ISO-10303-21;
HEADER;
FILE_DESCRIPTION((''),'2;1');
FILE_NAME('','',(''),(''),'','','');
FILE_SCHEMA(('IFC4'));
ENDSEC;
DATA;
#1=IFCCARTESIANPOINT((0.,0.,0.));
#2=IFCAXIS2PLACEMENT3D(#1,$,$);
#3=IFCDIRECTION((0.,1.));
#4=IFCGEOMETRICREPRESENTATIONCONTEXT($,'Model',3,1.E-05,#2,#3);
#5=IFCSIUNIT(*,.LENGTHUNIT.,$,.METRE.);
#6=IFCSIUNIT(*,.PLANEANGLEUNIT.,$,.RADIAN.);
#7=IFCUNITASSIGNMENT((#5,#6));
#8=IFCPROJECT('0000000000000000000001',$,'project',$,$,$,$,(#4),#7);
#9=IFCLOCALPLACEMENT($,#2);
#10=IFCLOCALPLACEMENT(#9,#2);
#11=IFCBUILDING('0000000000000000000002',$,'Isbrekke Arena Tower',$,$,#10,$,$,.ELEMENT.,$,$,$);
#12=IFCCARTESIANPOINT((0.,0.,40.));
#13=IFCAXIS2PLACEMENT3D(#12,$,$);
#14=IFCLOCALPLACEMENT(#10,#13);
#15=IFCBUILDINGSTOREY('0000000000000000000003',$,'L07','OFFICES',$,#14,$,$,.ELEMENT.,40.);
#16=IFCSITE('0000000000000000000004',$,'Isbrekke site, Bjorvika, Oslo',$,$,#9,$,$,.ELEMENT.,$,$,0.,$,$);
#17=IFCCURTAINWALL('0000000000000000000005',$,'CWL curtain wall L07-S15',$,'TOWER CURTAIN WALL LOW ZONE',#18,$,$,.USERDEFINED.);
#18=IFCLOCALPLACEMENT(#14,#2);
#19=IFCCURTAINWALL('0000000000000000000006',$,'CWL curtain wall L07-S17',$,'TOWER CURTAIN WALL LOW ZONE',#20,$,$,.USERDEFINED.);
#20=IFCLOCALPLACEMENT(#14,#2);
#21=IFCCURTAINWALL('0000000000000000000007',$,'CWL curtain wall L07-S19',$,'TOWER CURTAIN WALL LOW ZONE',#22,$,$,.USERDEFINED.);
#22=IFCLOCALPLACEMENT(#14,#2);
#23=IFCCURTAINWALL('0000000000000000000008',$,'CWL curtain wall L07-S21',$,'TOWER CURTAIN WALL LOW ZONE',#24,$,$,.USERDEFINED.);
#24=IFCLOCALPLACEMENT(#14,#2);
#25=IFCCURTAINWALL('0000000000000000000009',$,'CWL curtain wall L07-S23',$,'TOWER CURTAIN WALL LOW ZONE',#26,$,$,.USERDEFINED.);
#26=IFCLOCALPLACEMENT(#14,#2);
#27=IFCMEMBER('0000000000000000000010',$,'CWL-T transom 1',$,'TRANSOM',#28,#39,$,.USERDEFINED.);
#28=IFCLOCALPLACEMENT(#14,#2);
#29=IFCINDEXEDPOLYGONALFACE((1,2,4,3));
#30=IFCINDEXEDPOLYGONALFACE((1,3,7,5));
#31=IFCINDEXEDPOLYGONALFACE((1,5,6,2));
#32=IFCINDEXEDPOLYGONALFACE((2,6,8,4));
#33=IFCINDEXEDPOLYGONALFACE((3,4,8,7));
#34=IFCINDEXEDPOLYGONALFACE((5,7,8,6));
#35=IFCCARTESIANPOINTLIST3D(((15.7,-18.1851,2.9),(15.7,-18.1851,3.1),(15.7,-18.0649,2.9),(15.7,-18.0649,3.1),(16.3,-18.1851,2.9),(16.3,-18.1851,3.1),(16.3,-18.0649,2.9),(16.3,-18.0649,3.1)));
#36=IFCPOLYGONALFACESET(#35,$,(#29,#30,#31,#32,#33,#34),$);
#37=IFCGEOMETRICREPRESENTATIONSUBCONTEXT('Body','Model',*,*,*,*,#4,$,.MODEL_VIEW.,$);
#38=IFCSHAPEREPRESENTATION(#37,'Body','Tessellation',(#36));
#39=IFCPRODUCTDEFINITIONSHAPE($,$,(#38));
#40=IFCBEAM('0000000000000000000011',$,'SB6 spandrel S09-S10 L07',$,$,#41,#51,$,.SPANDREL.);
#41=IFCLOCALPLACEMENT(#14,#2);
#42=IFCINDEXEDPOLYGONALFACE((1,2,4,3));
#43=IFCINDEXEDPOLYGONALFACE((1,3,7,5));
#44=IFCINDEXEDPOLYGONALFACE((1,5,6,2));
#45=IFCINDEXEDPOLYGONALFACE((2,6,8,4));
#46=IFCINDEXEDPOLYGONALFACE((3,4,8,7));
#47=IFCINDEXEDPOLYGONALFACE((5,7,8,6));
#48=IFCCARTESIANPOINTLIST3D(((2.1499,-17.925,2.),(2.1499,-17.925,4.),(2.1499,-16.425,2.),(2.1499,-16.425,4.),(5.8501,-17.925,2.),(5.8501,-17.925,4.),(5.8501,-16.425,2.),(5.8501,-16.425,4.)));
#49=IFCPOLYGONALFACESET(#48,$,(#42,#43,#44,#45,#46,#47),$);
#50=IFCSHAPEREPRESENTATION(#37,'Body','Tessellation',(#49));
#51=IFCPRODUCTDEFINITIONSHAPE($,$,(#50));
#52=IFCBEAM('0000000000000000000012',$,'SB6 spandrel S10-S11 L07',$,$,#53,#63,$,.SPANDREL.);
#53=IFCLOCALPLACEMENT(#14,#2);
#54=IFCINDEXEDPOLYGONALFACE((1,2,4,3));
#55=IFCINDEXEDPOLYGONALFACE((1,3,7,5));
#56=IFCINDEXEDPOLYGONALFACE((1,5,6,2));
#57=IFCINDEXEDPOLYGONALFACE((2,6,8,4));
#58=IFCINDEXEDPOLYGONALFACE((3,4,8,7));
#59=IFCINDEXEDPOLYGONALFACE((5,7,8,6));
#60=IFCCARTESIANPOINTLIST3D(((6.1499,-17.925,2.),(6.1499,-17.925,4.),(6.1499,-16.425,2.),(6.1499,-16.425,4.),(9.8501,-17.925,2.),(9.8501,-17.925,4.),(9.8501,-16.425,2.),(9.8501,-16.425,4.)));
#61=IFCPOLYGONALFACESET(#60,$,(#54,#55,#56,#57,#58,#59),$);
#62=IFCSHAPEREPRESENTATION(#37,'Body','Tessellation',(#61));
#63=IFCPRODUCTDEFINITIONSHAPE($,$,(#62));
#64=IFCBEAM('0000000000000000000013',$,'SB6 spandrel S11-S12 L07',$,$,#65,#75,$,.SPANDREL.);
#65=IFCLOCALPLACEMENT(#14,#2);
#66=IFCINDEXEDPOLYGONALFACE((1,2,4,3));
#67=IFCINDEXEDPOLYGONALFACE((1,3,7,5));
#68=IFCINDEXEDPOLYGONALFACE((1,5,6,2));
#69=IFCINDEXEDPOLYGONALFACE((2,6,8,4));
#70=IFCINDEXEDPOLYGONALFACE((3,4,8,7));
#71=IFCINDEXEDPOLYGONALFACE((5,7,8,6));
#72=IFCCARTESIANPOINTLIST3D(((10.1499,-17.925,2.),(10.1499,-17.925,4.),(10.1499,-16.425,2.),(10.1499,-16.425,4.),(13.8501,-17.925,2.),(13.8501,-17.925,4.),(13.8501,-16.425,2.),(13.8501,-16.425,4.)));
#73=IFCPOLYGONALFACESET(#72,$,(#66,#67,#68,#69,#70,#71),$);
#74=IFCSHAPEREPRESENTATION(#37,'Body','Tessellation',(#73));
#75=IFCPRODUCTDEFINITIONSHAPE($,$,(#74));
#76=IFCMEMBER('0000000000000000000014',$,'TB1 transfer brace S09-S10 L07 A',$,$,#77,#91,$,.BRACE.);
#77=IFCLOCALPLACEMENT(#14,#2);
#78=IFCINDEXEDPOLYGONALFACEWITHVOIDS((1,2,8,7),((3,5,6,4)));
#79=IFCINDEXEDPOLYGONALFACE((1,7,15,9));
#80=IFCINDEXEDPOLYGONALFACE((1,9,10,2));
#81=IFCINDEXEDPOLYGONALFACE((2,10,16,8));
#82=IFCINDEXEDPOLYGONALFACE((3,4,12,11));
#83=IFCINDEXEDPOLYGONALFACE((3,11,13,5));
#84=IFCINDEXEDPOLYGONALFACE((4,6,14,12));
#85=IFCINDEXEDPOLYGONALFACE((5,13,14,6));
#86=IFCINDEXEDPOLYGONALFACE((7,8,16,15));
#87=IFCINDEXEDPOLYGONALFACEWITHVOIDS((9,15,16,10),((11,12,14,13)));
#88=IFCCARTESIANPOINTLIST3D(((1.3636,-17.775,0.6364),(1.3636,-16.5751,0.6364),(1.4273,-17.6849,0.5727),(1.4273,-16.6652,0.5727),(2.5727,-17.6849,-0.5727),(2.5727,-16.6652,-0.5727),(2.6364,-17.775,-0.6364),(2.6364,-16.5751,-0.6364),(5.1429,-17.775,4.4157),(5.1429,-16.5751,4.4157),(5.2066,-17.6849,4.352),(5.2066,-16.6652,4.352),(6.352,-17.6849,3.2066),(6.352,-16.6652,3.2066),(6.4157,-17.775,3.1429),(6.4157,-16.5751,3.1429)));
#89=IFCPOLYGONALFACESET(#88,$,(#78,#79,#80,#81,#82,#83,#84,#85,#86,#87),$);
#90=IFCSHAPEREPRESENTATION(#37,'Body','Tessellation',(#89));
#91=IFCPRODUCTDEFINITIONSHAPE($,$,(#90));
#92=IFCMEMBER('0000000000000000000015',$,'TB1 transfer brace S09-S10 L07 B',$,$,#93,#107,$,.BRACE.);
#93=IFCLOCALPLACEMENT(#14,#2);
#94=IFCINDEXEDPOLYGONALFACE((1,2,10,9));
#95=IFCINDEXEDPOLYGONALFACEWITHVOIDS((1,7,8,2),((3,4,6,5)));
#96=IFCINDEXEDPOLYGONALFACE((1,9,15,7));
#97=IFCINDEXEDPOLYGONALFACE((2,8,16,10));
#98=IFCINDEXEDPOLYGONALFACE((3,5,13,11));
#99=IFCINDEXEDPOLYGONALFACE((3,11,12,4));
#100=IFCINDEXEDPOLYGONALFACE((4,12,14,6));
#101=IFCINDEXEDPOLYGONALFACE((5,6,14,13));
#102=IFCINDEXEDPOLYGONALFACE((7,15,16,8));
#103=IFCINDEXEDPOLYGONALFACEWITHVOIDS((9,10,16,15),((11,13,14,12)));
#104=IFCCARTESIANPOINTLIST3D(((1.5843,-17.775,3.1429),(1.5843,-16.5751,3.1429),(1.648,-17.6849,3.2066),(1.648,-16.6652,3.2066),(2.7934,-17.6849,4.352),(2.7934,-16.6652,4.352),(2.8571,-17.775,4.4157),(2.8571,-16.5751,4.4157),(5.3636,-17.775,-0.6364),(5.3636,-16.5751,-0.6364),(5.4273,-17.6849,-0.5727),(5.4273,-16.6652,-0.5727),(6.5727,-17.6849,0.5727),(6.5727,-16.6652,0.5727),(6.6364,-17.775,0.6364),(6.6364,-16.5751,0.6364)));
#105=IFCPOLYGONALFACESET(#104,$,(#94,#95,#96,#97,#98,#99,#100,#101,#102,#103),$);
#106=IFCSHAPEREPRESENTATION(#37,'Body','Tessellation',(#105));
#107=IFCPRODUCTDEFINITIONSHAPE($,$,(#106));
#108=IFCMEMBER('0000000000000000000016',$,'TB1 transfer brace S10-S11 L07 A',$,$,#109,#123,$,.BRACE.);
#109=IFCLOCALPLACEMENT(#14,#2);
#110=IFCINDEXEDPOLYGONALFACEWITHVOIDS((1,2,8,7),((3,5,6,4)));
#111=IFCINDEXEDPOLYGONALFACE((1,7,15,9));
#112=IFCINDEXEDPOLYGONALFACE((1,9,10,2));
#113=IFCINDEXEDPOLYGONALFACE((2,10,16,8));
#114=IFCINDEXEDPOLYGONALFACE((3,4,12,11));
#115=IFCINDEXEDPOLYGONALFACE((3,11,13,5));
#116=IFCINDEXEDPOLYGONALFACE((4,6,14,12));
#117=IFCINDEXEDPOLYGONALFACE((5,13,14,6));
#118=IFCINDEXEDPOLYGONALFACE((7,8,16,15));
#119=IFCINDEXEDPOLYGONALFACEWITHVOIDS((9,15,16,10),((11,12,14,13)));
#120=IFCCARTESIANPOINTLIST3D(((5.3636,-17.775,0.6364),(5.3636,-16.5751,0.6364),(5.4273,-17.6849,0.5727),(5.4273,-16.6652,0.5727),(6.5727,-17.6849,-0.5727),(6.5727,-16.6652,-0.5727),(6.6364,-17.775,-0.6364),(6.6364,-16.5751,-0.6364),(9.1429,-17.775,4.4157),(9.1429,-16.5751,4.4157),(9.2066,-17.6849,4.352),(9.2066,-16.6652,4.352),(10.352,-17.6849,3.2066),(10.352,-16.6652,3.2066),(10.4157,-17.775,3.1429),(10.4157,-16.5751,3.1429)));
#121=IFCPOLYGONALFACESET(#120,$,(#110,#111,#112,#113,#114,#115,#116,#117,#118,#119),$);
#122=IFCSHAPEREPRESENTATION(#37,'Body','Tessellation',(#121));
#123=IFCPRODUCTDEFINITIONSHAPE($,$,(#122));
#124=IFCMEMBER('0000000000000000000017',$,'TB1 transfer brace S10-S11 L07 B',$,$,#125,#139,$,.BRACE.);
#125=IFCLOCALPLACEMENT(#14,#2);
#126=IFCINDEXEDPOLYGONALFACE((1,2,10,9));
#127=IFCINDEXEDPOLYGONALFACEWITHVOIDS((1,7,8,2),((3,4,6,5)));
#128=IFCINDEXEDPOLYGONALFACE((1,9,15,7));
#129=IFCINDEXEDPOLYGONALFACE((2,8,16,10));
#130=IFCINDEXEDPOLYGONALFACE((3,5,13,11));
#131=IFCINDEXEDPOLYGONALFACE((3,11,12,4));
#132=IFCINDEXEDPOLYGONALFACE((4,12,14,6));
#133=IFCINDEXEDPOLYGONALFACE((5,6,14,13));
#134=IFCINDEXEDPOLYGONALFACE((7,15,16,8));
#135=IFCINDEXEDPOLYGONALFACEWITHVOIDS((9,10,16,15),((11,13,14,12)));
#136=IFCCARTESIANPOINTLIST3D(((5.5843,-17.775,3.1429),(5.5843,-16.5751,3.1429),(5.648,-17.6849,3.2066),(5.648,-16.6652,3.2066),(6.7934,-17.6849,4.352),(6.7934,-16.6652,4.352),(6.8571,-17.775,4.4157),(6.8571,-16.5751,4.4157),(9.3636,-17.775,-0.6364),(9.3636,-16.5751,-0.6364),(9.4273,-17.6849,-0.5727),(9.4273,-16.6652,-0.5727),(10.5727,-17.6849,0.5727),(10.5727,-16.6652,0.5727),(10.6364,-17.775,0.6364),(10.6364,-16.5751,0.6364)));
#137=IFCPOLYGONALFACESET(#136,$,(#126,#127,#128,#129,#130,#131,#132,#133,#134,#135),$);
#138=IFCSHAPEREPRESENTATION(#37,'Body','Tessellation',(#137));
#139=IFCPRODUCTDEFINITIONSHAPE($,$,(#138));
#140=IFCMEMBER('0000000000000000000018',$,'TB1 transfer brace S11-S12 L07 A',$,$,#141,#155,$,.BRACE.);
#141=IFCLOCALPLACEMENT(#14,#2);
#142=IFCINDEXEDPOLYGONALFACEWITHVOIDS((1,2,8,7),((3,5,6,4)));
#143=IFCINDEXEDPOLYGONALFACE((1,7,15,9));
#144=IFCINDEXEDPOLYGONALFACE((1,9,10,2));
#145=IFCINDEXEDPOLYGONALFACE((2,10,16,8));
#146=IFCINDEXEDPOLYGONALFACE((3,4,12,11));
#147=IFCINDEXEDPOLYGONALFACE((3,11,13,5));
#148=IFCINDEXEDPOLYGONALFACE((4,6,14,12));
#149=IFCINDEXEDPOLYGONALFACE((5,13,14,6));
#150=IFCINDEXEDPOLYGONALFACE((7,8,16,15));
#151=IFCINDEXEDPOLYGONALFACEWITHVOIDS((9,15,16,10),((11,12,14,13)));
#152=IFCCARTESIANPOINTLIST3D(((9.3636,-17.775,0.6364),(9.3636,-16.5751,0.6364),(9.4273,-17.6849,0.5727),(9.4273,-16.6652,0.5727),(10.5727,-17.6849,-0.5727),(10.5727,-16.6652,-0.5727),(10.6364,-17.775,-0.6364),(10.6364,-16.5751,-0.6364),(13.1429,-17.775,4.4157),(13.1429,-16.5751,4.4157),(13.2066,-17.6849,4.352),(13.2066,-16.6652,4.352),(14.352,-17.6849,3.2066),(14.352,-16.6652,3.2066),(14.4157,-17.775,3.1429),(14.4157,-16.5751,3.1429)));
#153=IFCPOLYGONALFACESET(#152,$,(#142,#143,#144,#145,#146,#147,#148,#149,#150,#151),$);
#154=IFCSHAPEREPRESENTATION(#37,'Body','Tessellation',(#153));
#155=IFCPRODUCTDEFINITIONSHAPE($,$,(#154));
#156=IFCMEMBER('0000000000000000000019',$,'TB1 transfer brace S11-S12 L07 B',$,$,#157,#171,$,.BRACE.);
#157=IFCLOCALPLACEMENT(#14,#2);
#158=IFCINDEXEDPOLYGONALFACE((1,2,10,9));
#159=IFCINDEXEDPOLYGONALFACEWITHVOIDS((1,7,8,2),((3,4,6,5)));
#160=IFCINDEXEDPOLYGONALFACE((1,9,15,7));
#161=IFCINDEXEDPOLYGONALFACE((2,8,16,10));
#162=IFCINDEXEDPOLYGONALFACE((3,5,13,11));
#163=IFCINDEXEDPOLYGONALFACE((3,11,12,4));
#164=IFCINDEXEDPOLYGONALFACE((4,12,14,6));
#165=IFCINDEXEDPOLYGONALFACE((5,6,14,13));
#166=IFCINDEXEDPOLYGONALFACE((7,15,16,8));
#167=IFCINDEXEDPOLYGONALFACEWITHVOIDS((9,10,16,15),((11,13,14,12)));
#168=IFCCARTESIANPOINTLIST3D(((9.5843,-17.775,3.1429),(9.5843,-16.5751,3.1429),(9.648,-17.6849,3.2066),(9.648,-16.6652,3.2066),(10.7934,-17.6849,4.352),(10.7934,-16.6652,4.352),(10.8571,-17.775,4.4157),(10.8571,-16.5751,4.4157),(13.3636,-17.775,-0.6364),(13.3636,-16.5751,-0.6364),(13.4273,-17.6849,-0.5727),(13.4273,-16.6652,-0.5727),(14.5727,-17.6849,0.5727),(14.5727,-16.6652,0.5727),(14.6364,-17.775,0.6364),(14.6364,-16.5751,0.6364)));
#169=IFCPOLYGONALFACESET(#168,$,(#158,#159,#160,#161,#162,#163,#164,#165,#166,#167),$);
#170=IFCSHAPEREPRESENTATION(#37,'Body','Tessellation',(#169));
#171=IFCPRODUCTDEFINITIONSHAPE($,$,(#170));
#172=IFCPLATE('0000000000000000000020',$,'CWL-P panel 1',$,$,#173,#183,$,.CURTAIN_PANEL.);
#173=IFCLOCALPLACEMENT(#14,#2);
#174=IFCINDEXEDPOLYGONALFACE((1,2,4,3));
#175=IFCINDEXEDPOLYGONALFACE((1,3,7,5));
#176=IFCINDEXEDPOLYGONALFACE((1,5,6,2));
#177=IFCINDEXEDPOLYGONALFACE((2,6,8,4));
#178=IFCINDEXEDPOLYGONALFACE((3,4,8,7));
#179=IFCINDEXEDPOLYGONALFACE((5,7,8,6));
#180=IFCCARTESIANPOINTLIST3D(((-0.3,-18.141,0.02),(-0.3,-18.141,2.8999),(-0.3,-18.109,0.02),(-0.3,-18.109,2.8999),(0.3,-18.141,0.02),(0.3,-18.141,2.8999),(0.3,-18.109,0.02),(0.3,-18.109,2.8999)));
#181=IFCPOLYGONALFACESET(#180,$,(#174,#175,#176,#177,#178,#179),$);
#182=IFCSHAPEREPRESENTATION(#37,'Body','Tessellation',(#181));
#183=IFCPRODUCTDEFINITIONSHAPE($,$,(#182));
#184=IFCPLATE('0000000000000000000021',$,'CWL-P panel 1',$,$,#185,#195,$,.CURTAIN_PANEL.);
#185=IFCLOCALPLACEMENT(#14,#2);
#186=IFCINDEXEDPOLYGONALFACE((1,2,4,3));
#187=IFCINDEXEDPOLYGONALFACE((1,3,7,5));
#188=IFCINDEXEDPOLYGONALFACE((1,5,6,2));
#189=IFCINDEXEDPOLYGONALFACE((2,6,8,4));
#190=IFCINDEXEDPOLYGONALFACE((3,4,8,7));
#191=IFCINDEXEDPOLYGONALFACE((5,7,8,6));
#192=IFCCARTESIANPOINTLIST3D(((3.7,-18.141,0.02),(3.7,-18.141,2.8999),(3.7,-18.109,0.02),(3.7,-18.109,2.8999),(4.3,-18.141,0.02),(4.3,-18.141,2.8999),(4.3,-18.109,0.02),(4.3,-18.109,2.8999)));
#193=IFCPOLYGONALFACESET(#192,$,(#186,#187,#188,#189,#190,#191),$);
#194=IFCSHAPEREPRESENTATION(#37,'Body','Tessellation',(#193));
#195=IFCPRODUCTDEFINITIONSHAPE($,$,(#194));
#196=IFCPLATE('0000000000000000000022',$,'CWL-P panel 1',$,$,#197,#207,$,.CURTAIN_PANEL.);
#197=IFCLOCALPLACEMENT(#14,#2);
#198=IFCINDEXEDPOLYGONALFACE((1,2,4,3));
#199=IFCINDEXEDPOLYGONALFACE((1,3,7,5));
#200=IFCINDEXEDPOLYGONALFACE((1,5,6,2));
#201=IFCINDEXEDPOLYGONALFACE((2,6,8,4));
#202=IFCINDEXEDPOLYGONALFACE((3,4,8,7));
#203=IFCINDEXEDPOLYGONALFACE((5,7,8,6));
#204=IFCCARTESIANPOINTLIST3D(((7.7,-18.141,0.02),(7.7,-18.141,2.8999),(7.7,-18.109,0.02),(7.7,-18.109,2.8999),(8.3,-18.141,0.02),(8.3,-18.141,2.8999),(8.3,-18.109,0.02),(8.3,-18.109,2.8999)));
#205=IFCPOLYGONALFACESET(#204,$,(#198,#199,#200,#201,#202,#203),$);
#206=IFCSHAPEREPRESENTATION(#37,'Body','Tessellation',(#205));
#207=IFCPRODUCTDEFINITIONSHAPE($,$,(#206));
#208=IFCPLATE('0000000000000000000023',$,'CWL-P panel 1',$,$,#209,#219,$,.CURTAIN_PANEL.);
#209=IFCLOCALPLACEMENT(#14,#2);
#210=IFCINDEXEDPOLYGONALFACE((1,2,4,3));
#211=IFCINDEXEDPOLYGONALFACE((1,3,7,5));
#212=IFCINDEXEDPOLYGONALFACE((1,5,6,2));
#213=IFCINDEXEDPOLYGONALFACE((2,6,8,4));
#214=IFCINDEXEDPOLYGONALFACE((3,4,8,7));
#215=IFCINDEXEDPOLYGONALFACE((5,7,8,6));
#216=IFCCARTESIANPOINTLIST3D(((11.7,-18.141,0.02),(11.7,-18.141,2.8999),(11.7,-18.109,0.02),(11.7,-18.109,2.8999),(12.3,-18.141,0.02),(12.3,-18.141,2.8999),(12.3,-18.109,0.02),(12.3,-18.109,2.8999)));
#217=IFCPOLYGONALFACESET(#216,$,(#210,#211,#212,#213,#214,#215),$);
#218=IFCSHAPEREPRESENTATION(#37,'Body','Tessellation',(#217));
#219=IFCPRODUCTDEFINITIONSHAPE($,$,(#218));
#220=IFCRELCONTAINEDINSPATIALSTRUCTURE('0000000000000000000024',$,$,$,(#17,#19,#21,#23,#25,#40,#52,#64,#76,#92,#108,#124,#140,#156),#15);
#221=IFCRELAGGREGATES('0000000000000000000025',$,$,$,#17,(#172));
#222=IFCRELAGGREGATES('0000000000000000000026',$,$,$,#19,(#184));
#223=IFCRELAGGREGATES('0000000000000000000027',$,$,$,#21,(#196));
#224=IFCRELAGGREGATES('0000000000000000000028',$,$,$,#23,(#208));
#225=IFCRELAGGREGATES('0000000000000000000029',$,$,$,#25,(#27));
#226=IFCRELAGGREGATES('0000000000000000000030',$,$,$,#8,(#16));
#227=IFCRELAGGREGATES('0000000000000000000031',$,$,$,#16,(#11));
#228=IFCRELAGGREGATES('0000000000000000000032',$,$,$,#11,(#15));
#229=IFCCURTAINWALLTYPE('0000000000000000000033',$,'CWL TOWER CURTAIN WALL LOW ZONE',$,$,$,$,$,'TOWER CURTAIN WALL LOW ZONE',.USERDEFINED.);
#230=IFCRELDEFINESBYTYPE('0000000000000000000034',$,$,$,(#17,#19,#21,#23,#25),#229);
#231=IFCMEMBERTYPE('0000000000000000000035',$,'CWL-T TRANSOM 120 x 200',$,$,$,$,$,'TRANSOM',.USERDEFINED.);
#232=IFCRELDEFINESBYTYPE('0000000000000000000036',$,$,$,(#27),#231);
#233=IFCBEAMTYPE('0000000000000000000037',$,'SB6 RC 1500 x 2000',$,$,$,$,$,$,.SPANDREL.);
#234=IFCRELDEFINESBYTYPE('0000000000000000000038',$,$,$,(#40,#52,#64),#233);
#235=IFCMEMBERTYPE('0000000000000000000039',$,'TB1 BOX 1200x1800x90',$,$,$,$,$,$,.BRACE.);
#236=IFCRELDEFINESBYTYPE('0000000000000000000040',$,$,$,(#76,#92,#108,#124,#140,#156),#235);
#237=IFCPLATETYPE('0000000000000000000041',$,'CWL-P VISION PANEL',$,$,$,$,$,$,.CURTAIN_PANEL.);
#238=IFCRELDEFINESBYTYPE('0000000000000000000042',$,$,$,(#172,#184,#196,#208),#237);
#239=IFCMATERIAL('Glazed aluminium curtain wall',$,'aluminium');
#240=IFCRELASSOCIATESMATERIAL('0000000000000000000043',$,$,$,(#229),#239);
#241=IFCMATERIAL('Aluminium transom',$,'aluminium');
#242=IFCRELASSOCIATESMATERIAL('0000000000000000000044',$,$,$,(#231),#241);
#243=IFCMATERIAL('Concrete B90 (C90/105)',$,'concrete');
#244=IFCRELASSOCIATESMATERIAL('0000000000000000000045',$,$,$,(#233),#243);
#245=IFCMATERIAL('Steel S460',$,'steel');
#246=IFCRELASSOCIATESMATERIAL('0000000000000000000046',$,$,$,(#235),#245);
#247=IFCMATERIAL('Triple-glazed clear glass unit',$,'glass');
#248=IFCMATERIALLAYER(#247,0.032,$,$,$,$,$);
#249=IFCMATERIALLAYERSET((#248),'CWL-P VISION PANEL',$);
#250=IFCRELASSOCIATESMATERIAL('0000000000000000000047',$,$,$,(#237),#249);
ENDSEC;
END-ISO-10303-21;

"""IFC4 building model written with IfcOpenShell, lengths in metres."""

from ifc_helpers import new_model, si_unit, direction, frame, origin, origin_2d, place, context, subcontext, project, spatial, rectangle, hollow_rectangle, extrude, material, layer, layer_set, material_profile, profile_set, type_object, element, aggregate, save


model = new_model("IFC4")

# Units and contexts
model_context = context("Model", 3, precision=1e-05, world=origin(), true_north=direction((0.0, 1.0)))
body_context = subcontext(model_context, "Body", "Model", "MODEL_VIEW")
ifc_project = project(units=[si_unit("LENGTHUNIT", "METRE"), si_unit("PLANEANGLEUNIT", "RADIAN")], contexts=[model_context])

# Site, building, storey
site_placement = place(None, origin())
site = spatial("IfcSite", under=ifc_project, at=site_placement, Name="Isbrekke site, Bjorvika, Oslo", CompositionType="ELEMENT", RefElevation=0.0)
building_placement = place(site_placement, origin())
building = spatial("IfcBuilding", under=site, at=building_placement, Name="Isbrekke Arena Tower", CompositionType="ELEMENT")
storey_placement = place(building_placement, frame((0.0, 0.0, 40.0)))
storey = spatial("IfcBuildingStorey", under=building, at=storey_placement, Name="L07", Description="OFFICES", CompositionType="ELEMENT", Elevation=40.0)

# Curtain wall
ifc_material_1 = material(Name="Glazed aluminium curtain wall", Category="aluminium")
curtain_wall_type = type_object("IfcCurtainWallType", Name="CWL TOWER CURTAIN WALL LOW ZONE", ElementType="TOWER CURTAIN WALL LOW ZONE", PredefinedType="USERDEFINED", material=ifc_material_1)
curtain_wall_1_placement = place(storey_placement, origin())
curtain_wall_1 = element("IfcCurtainWall", 1, at=curtain_wall_1_placement, inside=storey, type_object=curtain_wall_type, Name="CWL curtain wall L07-S15", ObjectType="TOWER CURTAIN WALL LOW ZONE", PredefinedType="USERDEFINED")

# Curtain walls
curtain_wall_2_placement = place(storey_placement, origin())
curtain_wall_2 = element("IfcCurtainWall", 2, at=curtain_wall_2_placement, inside=storey, type_object=curtain_wall_type, Name="CWL curtain wall L07-S17", ObjectType="TOWER CURTAIN WALL LOW ZONE", PredefinedType="USERDEFINED")
curtain_wall_3_placement = place(storey_placement, origin())
curtain_wall_3 = element("IfcCurtainWall", 3, at=curtain_wall_3_placement, inside=storey, type_object=curtain_wall_type, Name="CWL curtain wall L07-S19", ObjectType="TOWER CURTAIN WALL LOW ZONE", PredefinedType="USERDEFINED")
curtain_wall_4_placement = place(storey_placement, origin())
curtain_wall_4 = element("IfcCurtainWall", 4, at=curtain_wall_4_placement, inside=storey, type_object=curtain_wall_type, Name="CWL curtain wall L07-S21", ObjectType="TOWER CURTAIN WALL LOW ZONE", PredefinedType="USERDEFINED")
curtain_wall_5_placement = place(storey_placement, origin())
curtain_wall_5 = element("IfcCurtainWall", 5, at=curtain_wall_5_placement, inside=storey, type_object=curtain_wall_type, Name="CWL curtain wall L07-S23", ObjectType="TOWER CURTAIN WALL LOW ZONE", PredefinedType="USERDEFINED")

# Member
ifc_material_2 = material(Name="Aluminium transom", Category="aluminium")
ifc_material_profile_1 = material_profile(ifc_material_2, rectangle(XDim=0.1201, YDim=0.2, at=origin_2d()), Name="TRANSOM 120X200")
ifc_profile_set_1 = profile_set([ifc_material_profile_1], Name="Aluminium transom")
member_type_1 = type_object("IfcMemberType", Name="CWL-T TRANSOM 120 x 200", ElementType="TRANSOM", PredefinedType="USERDEFINED", material=ifc_profile_set_1)
member_1_placement = place(storey_placement, frame((15.7, -18.125, 3.0), z_axis=(1.0, 0.0, 0.0), x_axis=(0.0, 1.0, 0.0)))
member_1 = element("IfcMember", 6, at=member_1_placement, type_object=member_type_1, Name="CWL-T transom 1", ObjectType="TRANSOM", PredefinedType="USERDEFINED", context=body_context, shape_type="SweptSolid", body=[
    extrude(rectangle(XDim=0.1201, YDim=0.2, at=origin_2d()), origin(), (0.0, 0.0, 1.0), 0.6001),
])

# Beams
ifc_material_3 = material(Name="Concrete B90 (C90/105)", Category="concrete")
ifc_material_profile_2 = material_profile(ifc_material_3, rectangle(XDim=1.5, YDim=2.0, at=origin_2d()), Name="RC 1500x2000")
ifc_profile_set_2 = profile_set([ifc_material_profile_2], Name="Concrete B90 (C90/105)")
beam_type = type_object("IfcBeamType", Name="SB6 RC 1500 x 2000", PredefinedType="SPANDREL", material=ifc_profile_set_2)
for number, where, z_axis, x_axis, name in (
    (7, (2.1499, -17.175, 3.0), (1.0, 0.0, 0.0), (0.0, 1.0, 0.0), "SB6 spandrel S09-S10 L07"),
    (8, (6.1499, -17.175, 3.0), (1.0, 0.0, 0.0), (0.0, 1.0, 0.0), "SB6 spandrel S10-S11 L07"),
    (9, (10.1499, -17.175, 3.0), (1.0, 0.0, 0.0), (0.0, 1.0, 0.0), "SB6 spandrel S11-S12 L07"),
):
    element("IfcBeam", number, at=place(storey_placement, frame(where, z_axis=z_axis, x_axis=x_axis)), inside=storey, type_object=beam_type, Name=name, PredefinedType="SPANDREL", context=body_context, shape_type="SweptSolid", body=[
        extrude(rectangle(XDim=1.5, YDim=2.0, at=origin_2d()), origin(), (0.0, 0.0, 1.0), 3.7002),
    ])

# Members
ifc_material_4 = material(Name="Steel S460", Category="steel")
ifc_material_profile_3 = material_profile(ifc_material_4, hollow_rectangle(XDim=1.2, YDim=1.8, WallThickness=0.0901, at=origin_2d()), Name="BOX 1200x1800x90")
ifc_profile_set_3 = profile_set([ifc_material_profile_3], Name="Steel S460")
member_type_2 = type_object("IfcMemberType", Name="TB1 BOX 1200x1800x90", PredefinedType="BRACE", material=ifc_profile_set_3)
for number, where, z_axis, x_axis, name in (
    (10, (2.0, -17.175, 0.0), (0.707107, 0.0, 0.707107), (0.0, 1.0, 0.0), "TB1 transfer brace S09-S10 L07 A"),
    (11, (2.2207, -17.175, 3.7793), (0.707107, 0.0, -0.707107), (0.0, 1.0, 0.0), "TB1 transfer brace S09-S10 L07 B"),
    (12, (6.0, -17.175, 0.0), (0.707107, 0.0, 0.707107), (0.0, 1.0, 0.0), "TB1 transfer brace S10-S11 L07 A"),
    (13, (6.2207, -17.175, 3.7793), (0.707107, 0.0, -0.707107), (0.0, 1.0, 0.0), "TB1 transfer brace S10-S11 L07 B"),
    (14, (10.0, -17.175, 0.0), (0.707107, 0.0, 0.707107), (0.0, 1.0, 0.0), "TB1 transfer brace S11-S12 L07 A"),
    (15, (10.2207, -17.175, 3.7793), (0.707107, 0.0, -0.707107), (0.0, 1.0, 0.0), "TB1 transfer brace S11-S12 L07 B"),
):
    element("IfcMember", number, at=place(storey_placement, frame(where, z_axis=z_axis, x_axis=x_axis)), inside=storey, type_object=member_type_2, Name=name, PredefinedType="BRACE", context=body_context, shape_type="SweptSolid", body=[
        extrude(hollow_rectangle(XDim=1.2, YDim=1.8, WallThickness=0.0901, at=origin_2d()), origin(), (0.0, 0.0, 1.0), 5.3447),
    ])

# Plates
ifc_material_5 = material(Name="Triple-glazed clear glass unit", Category="glass")
ifc_layer = layer(ifc_material_5, 0.032)
ifc_layer_set = layer_set([ifc_layer], Name="CWL-P VISION PANEL")
plate_type = type_object("IfcPlateType", Name="CWL-P VISION PANEL", PredefinedType="CURTAIN_PANEL", material=ifc_layer_set)
plate_1_placement = place(storey_placement, frame((0.0, -18.125, 0.02), z_axis=(0.0, 0.0, 1.0), x_axis=(1.0, 0.0, 0.0)))
plate_1 = element("IfcPlate", 16, at=plate_1_placement, type_object=plate_type, Name="CWL-P panel 1", PredefinedType="CURTAIN_PANEL", context=body_context, shape_type="SweptSolid", body=[
    extrude(rectangle(XDim=0.6001, YDim=0.032, at=origin_2d()), origin(), (0.0, 0.0, 1.0), 2.8799),
])
aggregate(curtain_wall_1, [plate_1])
plate_2_placement = place(storey_placement, frame((4.0, -18.125, 0.02), z_axis=(0.0, 0.0, 1.0), x_axis=(1.0, 0.0, 0.0)))
plate_2 = element("IfcPlate", 17, at=plate_2_placement, type_object=plate_type, Name="CWL-P panel 1", PredefinedType="CURTAIN_PANEL", context=body_context, shape_type="SweptSolid", body=[
    extrude(rectangle(XDim=0.6001, YDim=0.032, at=origin_2d()), origin(), (0.0, 0.0, 1.0), 2.8799),
])
aggregate(curtain_wall_2, [plate_2])
plate_3_placement = place(storey_placement, frame((8.0, -18.125, 0.02), z_axis=(0.0, 0.0, 1.0), x_axis=(1.0, 0.0, 0.0)))
plate_3 = element("IfcPlate", 18, at=plate_3_placement, type_object=plate_type, Name="CWL-P panel 1", PredefinedType="CURTAIN_PANEL", context=body_context, shape_type="SweptSolid", body=[
    extrude(rectangle(XDim=0.6001, YDim=0.032, at=origin_2d()), origin(), (0.0, 0.0, 1.0), 2.8799),
])
aggregate(curtain_wall_3, [plate_3])
plate_4_placement = place(storey_placement, frame((12.0, -18.125, 0.02), z_axis=(0.0, 0.0, 1.0), x_axis=(1.0, 0.0, 0.0)))
plate_4 = element("IfcPlate", 19, at=plate_4_placement, type_object=plate_type, Name="CWL-P panel 1", PredefinedType="CURTAIN_PANEL", context=body_context, shape_type="SweptSolid", body=[
    extrude(rectangle(XDim=0.6001, YDim=0.032, at=origin_2d()), origin(), (0.0, 0.0, 1.0), 2.8799),
])
aggregate(curtain_wall_4, [plate_4])
aggregate(curtain_wall_5, [member_1])

save(model, "model.ifc")
